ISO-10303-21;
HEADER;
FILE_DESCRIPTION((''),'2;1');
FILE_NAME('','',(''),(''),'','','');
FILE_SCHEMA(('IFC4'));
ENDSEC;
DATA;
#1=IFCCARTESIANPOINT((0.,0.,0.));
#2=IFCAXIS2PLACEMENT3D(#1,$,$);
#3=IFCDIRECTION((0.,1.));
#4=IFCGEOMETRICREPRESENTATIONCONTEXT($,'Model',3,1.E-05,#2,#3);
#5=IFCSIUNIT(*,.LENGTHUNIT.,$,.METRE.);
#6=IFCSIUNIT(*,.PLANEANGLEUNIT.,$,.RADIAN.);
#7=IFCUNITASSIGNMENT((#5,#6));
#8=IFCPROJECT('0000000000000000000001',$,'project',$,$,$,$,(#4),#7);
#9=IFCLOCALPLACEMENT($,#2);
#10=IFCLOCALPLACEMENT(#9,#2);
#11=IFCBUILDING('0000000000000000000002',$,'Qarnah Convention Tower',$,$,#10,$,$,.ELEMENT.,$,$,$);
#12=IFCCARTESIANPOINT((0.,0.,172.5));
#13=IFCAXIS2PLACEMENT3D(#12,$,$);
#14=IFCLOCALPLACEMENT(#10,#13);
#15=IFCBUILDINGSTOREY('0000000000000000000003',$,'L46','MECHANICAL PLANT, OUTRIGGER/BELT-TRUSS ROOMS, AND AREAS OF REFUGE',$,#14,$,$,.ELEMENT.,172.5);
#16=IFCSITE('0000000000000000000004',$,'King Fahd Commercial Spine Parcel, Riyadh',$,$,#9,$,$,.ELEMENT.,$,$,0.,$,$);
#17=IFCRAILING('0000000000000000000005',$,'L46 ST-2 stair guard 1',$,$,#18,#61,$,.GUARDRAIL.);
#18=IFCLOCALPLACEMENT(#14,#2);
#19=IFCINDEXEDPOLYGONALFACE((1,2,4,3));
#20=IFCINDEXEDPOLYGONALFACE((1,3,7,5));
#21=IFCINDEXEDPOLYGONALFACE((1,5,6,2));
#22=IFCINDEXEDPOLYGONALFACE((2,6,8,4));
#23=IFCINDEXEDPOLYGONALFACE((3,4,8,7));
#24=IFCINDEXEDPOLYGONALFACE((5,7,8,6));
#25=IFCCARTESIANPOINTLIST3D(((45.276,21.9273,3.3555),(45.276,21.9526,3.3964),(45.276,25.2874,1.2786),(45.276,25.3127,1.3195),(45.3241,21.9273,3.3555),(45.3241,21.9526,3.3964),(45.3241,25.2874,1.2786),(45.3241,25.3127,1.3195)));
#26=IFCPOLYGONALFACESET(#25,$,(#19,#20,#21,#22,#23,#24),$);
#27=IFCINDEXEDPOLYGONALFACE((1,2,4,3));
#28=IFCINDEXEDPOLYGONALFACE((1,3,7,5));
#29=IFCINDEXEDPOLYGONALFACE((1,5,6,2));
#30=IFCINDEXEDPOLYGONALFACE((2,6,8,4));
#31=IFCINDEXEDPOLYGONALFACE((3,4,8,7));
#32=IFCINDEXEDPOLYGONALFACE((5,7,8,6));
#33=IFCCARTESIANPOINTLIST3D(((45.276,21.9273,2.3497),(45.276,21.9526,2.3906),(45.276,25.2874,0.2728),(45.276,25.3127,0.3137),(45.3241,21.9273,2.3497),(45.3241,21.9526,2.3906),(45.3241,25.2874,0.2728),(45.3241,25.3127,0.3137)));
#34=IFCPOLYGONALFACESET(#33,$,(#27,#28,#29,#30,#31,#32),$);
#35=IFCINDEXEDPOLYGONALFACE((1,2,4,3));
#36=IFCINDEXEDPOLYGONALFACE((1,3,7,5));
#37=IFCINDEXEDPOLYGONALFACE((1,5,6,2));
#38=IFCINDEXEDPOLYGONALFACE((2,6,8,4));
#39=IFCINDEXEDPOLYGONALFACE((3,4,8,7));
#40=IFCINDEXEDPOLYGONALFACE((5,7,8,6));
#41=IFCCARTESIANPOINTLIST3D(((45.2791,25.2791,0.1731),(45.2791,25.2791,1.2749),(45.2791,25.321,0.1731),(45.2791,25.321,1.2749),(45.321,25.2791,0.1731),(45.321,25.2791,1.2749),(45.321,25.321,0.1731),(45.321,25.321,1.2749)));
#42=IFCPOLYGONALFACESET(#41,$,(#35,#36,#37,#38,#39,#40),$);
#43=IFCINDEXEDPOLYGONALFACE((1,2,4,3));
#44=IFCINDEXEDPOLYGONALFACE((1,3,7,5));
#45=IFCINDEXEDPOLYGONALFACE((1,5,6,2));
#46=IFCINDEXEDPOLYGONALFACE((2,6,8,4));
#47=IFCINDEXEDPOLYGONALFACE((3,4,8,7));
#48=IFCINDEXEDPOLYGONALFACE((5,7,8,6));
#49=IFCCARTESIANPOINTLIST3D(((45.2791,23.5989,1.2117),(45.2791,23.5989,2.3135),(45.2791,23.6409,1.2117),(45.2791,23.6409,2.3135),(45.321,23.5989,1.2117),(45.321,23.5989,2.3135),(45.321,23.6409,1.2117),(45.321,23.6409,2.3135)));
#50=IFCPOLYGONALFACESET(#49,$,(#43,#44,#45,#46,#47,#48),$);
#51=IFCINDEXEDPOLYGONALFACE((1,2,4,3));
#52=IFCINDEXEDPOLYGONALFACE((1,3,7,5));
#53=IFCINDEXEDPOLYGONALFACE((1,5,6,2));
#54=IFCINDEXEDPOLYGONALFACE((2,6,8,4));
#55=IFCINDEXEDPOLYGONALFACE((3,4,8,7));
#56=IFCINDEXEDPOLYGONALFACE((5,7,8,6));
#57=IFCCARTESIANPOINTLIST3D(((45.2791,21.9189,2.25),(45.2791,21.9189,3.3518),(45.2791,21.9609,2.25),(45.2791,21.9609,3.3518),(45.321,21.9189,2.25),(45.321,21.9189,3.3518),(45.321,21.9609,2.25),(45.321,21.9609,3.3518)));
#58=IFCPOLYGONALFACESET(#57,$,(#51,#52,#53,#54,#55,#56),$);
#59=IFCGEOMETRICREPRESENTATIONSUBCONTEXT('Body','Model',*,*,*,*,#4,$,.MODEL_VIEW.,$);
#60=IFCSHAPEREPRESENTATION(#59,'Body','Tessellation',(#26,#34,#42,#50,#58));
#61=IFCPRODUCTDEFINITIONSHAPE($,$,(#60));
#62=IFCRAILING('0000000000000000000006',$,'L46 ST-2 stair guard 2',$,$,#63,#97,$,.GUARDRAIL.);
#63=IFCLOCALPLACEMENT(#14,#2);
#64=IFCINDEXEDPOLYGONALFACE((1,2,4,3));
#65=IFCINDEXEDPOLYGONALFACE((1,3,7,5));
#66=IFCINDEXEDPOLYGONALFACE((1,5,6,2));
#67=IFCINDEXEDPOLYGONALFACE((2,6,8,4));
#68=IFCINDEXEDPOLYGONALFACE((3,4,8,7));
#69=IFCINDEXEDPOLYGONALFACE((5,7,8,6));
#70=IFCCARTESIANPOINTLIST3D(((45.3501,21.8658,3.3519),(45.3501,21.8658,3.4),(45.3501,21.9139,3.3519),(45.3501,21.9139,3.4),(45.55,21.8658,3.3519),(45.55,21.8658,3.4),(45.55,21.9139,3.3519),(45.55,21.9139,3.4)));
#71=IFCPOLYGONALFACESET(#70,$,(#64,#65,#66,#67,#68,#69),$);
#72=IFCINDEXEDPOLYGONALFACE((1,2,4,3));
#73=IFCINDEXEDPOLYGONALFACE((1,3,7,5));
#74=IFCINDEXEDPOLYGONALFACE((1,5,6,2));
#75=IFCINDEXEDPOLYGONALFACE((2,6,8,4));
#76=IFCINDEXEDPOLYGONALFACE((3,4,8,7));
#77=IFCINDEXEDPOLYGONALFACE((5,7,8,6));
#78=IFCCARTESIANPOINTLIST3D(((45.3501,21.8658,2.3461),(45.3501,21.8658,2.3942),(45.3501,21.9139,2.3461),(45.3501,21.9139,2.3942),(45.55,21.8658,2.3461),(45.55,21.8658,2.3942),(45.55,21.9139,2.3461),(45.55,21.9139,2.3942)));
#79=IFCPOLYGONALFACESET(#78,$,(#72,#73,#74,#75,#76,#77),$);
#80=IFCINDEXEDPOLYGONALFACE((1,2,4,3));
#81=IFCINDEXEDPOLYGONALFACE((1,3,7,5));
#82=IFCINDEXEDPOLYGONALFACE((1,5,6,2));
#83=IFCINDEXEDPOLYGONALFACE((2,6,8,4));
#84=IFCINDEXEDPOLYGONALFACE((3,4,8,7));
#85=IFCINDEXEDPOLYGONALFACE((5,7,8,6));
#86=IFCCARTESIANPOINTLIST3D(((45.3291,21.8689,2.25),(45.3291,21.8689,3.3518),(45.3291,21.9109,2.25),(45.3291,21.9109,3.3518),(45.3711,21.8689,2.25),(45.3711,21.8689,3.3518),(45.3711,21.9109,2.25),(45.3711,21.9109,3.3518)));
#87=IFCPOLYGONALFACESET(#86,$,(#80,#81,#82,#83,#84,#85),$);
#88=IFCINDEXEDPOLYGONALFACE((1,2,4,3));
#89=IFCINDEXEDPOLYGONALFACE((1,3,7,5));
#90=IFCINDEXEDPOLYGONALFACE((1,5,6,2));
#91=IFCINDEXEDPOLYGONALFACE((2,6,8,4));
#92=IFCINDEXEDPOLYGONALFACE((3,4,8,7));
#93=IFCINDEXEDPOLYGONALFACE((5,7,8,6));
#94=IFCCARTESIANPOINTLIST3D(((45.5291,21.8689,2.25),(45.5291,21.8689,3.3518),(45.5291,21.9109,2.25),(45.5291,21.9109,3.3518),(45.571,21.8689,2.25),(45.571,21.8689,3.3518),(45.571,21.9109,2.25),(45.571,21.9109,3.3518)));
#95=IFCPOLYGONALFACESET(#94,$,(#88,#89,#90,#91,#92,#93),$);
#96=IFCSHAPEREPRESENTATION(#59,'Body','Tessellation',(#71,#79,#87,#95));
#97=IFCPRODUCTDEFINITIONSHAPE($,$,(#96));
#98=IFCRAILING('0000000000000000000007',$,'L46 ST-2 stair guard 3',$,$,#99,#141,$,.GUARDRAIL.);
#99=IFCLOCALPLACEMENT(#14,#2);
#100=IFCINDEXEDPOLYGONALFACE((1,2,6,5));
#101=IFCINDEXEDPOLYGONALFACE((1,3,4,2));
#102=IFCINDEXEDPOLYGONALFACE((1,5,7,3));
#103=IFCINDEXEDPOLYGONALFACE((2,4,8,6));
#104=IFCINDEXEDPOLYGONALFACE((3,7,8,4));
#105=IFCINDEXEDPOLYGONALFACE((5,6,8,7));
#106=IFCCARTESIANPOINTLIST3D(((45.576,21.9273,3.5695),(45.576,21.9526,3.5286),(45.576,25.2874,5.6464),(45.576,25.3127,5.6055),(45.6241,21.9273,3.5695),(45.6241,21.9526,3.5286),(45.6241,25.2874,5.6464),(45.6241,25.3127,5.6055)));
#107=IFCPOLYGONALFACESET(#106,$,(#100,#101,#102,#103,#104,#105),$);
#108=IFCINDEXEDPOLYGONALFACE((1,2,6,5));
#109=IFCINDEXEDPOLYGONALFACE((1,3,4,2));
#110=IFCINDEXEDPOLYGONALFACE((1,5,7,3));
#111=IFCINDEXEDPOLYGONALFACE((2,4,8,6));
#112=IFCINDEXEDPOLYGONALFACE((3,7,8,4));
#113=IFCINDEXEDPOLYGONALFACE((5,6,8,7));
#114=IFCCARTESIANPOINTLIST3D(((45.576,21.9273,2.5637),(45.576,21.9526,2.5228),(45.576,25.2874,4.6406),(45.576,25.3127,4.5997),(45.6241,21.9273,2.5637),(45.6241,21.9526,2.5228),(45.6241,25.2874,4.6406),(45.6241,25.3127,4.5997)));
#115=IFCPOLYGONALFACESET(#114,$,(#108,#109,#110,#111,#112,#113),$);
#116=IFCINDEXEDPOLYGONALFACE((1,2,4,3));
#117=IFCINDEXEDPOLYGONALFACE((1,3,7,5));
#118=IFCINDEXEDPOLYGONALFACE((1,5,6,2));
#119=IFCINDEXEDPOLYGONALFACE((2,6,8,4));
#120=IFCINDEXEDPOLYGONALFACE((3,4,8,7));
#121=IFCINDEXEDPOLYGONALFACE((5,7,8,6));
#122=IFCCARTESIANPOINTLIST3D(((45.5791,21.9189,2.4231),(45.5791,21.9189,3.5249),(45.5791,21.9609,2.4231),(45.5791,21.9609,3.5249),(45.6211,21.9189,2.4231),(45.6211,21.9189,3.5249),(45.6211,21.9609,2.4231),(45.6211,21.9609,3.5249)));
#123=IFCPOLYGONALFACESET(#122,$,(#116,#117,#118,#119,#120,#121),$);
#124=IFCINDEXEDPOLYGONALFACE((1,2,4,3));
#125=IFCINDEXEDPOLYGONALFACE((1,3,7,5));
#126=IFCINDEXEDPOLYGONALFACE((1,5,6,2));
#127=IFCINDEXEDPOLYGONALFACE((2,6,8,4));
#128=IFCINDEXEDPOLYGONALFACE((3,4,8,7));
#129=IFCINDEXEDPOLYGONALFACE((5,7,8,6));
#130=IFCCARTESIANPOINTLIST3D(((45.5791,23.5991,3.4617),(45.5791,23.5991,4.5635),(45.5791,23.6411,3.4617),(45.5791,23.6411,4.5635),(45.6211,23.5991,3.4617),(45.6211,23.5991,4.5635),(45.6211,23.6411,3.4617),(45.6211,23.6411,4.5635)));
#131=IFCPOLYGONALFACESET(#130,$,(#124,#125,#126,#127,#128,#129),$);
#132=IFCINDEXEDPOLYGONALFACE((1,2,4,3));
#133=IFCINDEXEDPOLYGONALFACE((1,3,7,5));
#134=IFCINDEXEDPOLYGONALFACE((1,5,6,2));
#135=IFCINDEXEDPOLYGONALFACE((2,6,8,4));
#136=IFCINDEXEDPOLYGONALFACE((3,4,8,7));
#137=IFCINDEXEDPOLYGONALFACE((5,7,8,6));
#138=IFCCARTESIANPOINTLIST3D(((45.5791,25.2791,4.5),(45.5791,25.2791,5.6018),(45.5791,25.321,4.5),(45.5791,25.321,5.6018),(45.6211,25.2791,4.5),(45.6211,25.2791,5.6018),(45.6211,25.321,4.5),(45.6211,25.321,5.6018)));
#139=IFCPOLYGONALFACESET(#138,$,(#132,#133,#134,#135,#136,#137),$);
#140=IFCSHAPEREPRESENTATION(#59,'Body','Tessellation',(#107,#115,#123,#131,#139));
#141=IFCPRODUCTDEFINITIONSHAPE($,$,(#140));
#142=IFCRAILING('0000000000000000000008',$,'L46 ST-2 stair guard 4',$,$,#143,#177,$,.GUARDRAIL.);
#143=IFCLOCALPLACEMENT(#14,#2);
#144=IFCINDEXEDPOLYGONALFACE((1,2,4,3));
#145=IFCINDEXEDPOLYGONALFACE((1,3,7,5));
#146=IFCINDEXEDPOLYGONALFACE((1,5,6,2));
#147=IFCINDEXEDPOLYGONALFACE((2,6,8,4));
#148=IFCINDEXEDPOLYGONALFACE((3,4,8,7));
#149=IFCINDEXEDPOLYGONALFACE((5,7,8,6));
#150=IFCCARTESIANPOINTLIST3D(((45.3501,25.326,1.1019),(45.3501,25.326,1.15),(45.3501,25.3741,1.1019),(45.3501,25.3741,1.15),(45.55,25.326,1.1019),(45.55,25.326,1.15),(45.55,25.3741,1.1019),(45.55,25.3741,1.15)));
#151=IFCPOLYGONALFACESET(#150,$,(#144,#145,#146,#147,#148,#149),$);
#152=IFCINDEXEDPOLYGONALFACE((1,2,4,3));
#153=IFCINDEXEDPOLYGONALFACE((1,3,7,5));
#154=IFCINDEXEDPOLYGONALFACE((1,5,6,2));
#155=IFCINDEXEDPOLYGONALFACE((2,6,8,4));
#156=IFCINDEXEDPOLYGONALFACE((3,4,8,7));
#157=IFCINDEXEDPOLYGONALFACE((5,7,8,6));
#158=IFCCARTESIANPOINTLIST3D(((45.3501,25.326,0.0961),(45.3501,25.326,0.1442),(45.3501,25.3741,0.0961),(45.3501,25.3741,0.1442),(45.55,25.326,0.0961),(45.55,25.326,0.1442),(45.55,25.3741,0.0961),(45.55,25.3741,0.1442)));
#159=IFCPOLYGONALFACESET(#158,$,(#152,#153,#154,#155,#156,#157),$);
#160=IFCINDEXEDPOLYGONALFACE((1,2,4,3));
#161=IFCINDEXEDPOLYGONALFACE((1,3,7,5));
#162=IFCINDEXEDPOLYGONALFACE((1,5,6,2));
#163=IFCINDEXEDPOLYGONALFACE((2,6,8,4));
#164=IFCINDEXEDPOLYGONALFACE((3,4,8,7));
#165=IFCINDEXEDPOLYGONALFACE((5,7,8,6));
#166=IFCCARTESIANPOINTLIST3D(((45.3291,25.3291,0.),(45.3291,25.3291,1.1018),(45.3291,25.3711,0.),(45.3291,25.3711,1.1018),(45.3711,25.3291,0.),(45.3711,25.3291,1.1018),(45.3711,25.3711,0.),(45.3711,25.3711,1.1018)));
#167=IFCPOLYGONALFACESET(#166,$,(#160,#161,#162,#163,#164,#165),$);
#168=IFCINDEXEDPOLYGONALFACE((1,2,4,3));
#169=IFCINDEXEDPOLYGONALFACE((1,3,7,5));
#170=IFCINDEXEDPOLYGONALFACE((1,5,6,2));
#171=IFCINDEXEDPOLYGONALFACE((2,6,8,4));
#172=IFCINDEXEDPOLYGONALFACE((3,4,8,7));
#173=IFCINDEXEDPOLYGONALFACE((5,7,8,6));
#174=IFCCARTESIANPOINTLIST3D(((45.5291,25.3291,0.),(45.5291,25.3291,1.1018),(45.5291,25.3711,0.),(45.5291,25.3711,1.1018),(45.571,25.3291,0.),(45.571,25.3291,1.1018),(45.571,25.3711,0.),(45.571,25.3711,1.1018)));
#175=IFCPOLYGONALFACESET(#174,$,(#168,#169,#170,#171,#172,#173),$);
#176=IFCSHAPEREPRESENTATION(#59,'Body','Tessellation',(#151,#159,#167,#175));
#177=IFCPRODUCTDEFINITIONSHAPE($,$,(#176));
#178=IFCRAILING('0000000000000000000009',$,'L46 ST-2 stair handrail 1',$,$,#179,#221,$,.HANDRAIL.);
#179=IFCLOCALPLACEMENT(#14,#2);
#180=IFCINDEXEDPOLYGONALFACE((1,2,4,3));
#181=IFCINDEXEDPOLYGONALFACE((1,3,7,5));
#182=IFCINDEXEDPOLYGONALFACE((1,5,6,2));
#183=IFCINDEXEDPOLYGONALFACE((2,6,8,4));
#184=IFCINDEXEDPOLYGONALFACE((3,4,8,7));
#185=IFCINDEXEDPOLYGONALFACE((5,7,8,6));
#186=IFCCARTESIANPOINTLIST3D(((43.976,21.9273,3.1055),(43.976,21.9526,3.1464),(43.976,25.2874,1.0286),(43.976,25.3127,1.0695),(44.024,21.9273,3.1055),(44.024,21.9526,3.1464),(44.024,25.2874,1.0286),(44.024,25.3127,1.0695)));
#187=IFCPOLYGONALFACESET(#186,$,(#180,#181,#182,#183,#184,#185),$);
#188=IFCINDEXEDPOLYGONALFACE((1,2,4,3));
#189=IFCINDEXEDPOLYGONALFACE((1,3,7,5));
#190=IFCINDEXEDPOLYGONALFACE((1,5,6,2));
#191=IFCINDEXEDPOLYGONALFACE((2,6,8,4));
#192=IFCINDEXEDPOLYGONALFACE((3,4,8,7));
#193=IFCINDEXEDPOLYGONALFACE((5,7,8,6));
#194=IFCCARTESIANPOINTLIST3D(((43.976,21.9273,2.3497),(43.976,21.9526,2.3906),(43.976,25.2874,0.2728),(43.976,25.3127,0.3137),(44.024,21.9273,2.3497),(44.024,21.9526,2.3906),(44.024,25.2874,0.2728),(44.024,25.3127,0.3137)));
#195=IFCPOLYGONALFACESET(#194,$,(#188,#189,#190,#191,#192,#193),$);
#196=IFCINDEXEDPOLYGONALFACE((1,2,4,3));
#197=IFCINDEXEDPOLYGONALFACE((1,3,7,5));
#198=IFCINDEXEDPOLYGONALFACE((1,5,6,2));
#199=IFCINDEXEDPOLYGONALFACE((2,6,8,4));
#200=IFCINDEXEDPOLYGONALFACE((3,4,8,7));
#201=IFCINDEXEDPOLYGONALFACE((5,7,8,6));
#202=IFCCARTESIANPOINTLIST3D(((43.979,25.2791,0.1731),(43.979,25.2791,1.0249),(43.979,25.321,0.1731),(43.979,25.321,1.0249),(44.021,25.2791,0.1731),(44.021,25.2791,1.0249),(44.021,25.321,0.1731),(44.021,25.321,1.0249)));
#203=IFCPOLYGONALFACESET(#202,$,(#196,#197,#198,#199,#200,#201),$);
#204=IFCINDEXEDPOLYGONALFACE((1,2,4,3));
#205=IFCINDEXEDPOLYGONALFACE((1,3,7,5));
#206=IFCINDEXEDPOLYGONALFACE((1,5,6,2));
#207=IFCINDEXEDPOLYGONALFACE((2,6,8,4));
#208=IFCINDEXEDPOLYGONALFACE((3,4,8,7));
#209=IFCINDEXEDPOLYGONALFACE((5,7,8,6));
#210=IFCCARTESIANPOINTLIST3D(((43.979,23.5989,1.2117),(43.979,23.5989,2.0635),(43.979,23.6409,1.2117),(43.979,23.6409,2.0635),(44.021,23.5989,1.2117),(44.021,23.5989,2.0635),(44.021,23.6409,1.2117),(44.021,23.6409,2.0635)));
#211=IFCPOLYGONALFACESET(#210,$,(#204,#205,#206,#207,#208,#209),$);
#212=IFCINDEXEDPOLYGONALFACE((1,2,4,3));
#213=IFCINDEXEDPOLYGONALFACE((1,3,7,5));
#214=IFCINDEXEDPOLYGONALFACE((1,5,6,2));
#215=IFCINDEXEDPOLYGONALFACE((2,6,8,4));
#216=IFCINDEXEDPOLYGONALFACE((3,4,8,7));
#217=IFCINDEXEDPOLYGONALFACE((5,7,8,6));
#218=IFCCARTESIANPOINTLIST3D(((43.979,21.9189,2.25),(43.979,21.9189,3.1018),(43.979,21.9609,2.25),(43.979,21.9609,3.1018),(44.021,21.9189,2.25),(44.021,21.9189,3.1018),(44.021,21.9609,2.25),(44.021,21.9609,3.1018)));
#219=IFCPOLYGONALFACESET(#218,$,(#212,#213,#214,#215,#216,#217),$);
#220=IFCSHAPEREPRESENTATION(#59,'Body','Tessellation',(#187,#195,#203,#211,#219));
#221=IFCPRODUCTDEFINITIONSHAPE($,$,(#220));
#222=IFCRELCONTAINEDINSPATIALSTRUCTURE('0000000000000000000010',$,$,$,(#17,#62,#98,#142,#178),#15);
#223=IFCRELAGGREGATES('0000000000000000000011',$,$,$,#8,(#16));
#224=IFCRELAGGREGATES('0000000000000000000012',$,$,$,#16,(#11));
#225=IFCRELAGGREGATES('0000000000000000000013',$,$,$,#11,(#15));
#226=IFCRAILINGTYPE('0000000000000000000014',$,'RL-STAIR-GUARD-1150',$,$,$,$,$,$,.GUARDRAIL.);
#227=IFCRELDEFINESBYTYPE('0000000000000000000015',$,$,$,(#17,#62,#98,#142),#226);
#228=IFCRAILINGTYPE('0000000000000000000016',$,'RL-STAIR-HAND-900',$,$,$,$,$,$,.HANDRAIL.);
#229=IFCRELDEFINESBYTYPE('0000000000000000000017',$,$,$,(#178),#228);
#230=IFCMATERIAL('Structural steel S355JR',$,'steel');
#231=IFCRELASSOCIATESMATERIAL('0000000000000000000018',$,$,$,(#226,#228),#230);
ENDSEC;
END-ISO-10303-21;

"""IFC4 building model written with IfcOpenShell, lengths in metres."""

from ifc_helpers import new_model, si_unit, direction, frame, origin, origin_2d, place, context, subcontext, project, spatial, rectangle, extrude, material, type_object, element, save


model = new_model("IFC4")

# Units and contexts
model_context = context("Model", 3, precision=1e-05, world=origin(), true_north=direction((0.0, 1.0)))
body_context = subcontext(model_context, "Body", "Model", "MODEL_VIEW")
ifc_project = project(units=[si_unit("LENGTHUNIT", "METRE"), si_unit("PLANEANGLEUNIT", "RADIAN")], contexts=[model_context])

# Site, building, storey
site_placement = place(None, origin())
site = spatial("IfcSite", under=ifc_project, at=site_placement, Name="King Fahd Commercial Spine Parcel, Riyadh", CompositionType="ELEMENT", RefElevation=0.0)
building_placement = place(site_placement, origin())
building = spatial("IfcBuilding", under=site, at=building_placement, Name="Qarnah Convention Tower", CompositionType="ELEMENT")
storey_placement = place(building_placement, frame((0.0, 0.0, 172.5)))
storey = spatial("IfcBuildingStorey", under=building, at=storey_placement, Name="L46", Description="MECHANICAL PLANT, OUTRIGGER/BELT-TRUSS ROOMS, AND AREAS OF REFUGE", CompositionType="ELEMENT", Elevation=172.5)

# Shared definitions
ifc_material_1 = material(Name="Structural steel S355JR", Category="steel")

# Railings
railing_type_1 = type_object("IfcRailingType", Name="RL-STAIR-GUARD-1150", PredefinedType="GUARDRAIL", material=ifc_material_1)
railing_1_placement = place(storey_placement, frame((45.3, 25.3, 0.1731)))
element("IfcRailing", 1, at=railing_1_placement, inside=storey, type_object=railing_type_1, Name="L46 ST-2 stair guard 1", PredefinedType="GUARDRAIL", context=body_context, shape_type="SweptSolid", body=[
    extrude(rectangle(XDim=0.0481, YDim=0.0481, at=origin_2d()), frame((0.0, 0.0, 1.126), z_axis=(0.0, -0.850623, 0.525776), x_axis=(1.0, 0.0, 0.0)), (0.0, 0.0, 1.0), 3.9502),
    extrude(rectangle(XDim=0.0481, YDim=0.0481, at=origin_2d()), frame((0.0, 0.0, 0.1201), z_axis=(0.0, -0.850623, 0.525776), x_axis=(1.0, 0.0, 0.0)), (0.0, 0.0, 1.0), 3.9502),
    extrude(rectangle(XDim=0.042, YDim=0.042, at=origin_2d()), origin(), (0.0, 0.0, 1.0), 1.1018),
    extrude(rectangle(XDim=0.042, YDim=0.042, at=origin_2d()), frame((0.0, -1.6802, 1.0386)), (0.0, 0.0, 1.0), 1.1018),
    extrude(rectangle(XDim=0.042, YDim=0.042, at=origin_2d()), frame((0.0, -3.3601, 2.0769)), (0.0, 0.0, 1.0), 1.1018),
])
railing_2_placement = place(storey_placement, frame((45.3501, 21.8899, 2.25)))
element("IfcRailing", 2, at=railing_2_placement, inside=storey, type_object=railing_type_1, Name="L46 ST-2 stair guard 2", PredefinedType="GUARDRAIL", context=body_context, shape_type="SweptSolid", body=[
    extrude(rectangle(XDim=0.0481, YDim=0.0481, at=origin_2d()), frame((0.0, 0.0, 1.126), z_axis=(1.0, 0.0, 0.0), x_axis=(0.0, 1.0, 0.0)), (0.0, 0.0, 1.0), 0.2),
    extrude(rectangle(XDim=0.0481, YDim=0.0481, at=origin_2d()), frame((0.0, 0.0, 0.1201), z_axis=(1.0, 0.0, 0.0), x_axis=(0.0, 1.0, 0.0)), (0.0, 0.0, 1.0), 0.2),
    extrude(rectangle(XDim=0.042, YDim=0.042, at=origin_2d()), origin(), (0.0, 0.0, 1.0), 1.1018),
    extrude(rectangle(XDim=0.042, YDim=0.042, at=origin_2d()), frame((0.2, 0.0, 0.0)), (0.0, 0.0, 1.0), 1.1018),
])
railing_3_placement = place(storey_placement, frame((45.6001, 21.9399, 2.4231)))
element("IfcRailing", 3, at=railing_3_placement, inside=storey, type_object=railing_type_1, Name="L46 ST-2 stair guard 3", PredefinedType="GUARDRAIL", context=body_context, shape_type="SweptSolid", body=[
    extrude(rectangle(XDim=0.0481, YDim=0.0481, at=origin_2d()), frame((0.0, 0.0, 1.126), z_axis=(0.0, 0.850623, 0.525776), x_axis=(-1.0, 0.0, 0.0)), (0.0, 0.0, 1.0), 3.9502),
    extrude(rectangle(XDim=0.0481, YDim=0.0481, at=origin_2d()), frame((0.0, 0.0, 0.1201), z_axis=(0.0, 0.850623, 0.525776), x_axis=(-1.0, 0.0, 0.0)), (0.0, 0.0, 1.0), 3.9502),
    extrude(rectangle(XDim=0.042, YDim=0.042, at=origin_2d()), origin(), (0.0, 0.0, 1.0), 1.1018),
    extrude(rectangle(XDim=0.042, YDim=0.042, at=origin_2d()), frame((0.0, 1.6802, 1.0386)), (0.0, 0.0, 1.0), 1.1018),
    extrude(rectangle(XDim=0.042, YDim=0.042, at=origin_2d()), frame((0.0, 3.3601, 2.0769)), (0.0, 0.0, 1.0), 1.1018),
])
railing_4_placement = place(storey_placement, frame((45.3501, 25.3501, 0.0)))
element("IfcRailing", 4, at=railing_4_placement, inside=storey, type_object=railing_type_1, Name="L46 ST-2 stair guard 4", PredefinedType="GUARDRAIL", context=body_context, shape_type="SweptSolid", body=[
    extrude(rectangle(XDim=0.0481, YDim=0.0481, at=origin_2d()), frame((0.0, 0.0, 1.126), z_axis=(1.0, 0.0, 0.0), x_axis=(0.0, 1.0, 0.0)), (0.0, 0.0, 1.0), 0.2),
    extrude(rectangle(XDim=0.0481, YDim=0.0481, at=origin_2d()), frame((0.0, 0.0, 0.1201), z_axis=(1.0, 0.0, 0.0), x_axis=(0.0, 1.0, 0.0)), (0.0, 0.0, 1.0), 0.2),
    extrude(rectangle(XDim=0.042, YDim=0.042, at=origin_2d()), origin(), (0.0, 0.0, 1.0), 1.1018),
    extrude(rectangle(XDim=0.042, YDim=0.042, at=origin_2d()), frame((0.2, 0.0, 0.0)), (0.0, 0.0, 1.0), 1.1018),
])
railing_type_2 = type_object("IfcRailingType", Name="RL-STAIR-HAND-900", PredefinedType="HANDRAIL", material=ifc_material_1)
railing_5_placement = place(storey_placement, frame((44.0, 25.3, 0.1731)))
element("IfcRailing", 5, at=railing_5_placement, inside=storey, type_object=railing_type_2, Name="L46 ST-2 stair handrail 1", PredefinedType="HANDRAIL", context=body_context, shape_type="SweptSolid", body=[
    extrude(rectangle(XDim=0.0481, YDim=0.0481, at=origin_2d()), frame((0.0, 0.0, 0.876), z_axis=(0.0, -0.850623, 0.525776), x_axis=(1.0, 0.0, 0.0)), (0.0, 0.0, 1.0), 3.9502),
    extrude(rectangle(XDim=0.0481, YDim=0.0481, at=origin_2d()), frame((0.0, 0.0, 0.1201), z_axis=(0.0, -0.850623, 0.525776), x_axis=(1.0, 0.0, 0.0)), (0.0, 0.0, 1.0), 3.9502),
    extrude(rectangle(XDim=0.042, YDim=0.042, at=origin_2d()), origin(), (0.0, 0.0, 1.0), 0.8518),
    extrude(rectangle(XDim=0.042, YDim=0.042, at=origin_2d()), frame((0.0, -1.6802, 1.0386)), (0.0, 0.0, 1.0), 0.8518),
    extrude(rectangle(XDim=0.042, YDim=0.042, at=origin_2d()), frame((0.0, -3.3601, 2.0769)), (0.0, 0.0, 1.0), 0.8518),
])

save(model, "model.ifc")
